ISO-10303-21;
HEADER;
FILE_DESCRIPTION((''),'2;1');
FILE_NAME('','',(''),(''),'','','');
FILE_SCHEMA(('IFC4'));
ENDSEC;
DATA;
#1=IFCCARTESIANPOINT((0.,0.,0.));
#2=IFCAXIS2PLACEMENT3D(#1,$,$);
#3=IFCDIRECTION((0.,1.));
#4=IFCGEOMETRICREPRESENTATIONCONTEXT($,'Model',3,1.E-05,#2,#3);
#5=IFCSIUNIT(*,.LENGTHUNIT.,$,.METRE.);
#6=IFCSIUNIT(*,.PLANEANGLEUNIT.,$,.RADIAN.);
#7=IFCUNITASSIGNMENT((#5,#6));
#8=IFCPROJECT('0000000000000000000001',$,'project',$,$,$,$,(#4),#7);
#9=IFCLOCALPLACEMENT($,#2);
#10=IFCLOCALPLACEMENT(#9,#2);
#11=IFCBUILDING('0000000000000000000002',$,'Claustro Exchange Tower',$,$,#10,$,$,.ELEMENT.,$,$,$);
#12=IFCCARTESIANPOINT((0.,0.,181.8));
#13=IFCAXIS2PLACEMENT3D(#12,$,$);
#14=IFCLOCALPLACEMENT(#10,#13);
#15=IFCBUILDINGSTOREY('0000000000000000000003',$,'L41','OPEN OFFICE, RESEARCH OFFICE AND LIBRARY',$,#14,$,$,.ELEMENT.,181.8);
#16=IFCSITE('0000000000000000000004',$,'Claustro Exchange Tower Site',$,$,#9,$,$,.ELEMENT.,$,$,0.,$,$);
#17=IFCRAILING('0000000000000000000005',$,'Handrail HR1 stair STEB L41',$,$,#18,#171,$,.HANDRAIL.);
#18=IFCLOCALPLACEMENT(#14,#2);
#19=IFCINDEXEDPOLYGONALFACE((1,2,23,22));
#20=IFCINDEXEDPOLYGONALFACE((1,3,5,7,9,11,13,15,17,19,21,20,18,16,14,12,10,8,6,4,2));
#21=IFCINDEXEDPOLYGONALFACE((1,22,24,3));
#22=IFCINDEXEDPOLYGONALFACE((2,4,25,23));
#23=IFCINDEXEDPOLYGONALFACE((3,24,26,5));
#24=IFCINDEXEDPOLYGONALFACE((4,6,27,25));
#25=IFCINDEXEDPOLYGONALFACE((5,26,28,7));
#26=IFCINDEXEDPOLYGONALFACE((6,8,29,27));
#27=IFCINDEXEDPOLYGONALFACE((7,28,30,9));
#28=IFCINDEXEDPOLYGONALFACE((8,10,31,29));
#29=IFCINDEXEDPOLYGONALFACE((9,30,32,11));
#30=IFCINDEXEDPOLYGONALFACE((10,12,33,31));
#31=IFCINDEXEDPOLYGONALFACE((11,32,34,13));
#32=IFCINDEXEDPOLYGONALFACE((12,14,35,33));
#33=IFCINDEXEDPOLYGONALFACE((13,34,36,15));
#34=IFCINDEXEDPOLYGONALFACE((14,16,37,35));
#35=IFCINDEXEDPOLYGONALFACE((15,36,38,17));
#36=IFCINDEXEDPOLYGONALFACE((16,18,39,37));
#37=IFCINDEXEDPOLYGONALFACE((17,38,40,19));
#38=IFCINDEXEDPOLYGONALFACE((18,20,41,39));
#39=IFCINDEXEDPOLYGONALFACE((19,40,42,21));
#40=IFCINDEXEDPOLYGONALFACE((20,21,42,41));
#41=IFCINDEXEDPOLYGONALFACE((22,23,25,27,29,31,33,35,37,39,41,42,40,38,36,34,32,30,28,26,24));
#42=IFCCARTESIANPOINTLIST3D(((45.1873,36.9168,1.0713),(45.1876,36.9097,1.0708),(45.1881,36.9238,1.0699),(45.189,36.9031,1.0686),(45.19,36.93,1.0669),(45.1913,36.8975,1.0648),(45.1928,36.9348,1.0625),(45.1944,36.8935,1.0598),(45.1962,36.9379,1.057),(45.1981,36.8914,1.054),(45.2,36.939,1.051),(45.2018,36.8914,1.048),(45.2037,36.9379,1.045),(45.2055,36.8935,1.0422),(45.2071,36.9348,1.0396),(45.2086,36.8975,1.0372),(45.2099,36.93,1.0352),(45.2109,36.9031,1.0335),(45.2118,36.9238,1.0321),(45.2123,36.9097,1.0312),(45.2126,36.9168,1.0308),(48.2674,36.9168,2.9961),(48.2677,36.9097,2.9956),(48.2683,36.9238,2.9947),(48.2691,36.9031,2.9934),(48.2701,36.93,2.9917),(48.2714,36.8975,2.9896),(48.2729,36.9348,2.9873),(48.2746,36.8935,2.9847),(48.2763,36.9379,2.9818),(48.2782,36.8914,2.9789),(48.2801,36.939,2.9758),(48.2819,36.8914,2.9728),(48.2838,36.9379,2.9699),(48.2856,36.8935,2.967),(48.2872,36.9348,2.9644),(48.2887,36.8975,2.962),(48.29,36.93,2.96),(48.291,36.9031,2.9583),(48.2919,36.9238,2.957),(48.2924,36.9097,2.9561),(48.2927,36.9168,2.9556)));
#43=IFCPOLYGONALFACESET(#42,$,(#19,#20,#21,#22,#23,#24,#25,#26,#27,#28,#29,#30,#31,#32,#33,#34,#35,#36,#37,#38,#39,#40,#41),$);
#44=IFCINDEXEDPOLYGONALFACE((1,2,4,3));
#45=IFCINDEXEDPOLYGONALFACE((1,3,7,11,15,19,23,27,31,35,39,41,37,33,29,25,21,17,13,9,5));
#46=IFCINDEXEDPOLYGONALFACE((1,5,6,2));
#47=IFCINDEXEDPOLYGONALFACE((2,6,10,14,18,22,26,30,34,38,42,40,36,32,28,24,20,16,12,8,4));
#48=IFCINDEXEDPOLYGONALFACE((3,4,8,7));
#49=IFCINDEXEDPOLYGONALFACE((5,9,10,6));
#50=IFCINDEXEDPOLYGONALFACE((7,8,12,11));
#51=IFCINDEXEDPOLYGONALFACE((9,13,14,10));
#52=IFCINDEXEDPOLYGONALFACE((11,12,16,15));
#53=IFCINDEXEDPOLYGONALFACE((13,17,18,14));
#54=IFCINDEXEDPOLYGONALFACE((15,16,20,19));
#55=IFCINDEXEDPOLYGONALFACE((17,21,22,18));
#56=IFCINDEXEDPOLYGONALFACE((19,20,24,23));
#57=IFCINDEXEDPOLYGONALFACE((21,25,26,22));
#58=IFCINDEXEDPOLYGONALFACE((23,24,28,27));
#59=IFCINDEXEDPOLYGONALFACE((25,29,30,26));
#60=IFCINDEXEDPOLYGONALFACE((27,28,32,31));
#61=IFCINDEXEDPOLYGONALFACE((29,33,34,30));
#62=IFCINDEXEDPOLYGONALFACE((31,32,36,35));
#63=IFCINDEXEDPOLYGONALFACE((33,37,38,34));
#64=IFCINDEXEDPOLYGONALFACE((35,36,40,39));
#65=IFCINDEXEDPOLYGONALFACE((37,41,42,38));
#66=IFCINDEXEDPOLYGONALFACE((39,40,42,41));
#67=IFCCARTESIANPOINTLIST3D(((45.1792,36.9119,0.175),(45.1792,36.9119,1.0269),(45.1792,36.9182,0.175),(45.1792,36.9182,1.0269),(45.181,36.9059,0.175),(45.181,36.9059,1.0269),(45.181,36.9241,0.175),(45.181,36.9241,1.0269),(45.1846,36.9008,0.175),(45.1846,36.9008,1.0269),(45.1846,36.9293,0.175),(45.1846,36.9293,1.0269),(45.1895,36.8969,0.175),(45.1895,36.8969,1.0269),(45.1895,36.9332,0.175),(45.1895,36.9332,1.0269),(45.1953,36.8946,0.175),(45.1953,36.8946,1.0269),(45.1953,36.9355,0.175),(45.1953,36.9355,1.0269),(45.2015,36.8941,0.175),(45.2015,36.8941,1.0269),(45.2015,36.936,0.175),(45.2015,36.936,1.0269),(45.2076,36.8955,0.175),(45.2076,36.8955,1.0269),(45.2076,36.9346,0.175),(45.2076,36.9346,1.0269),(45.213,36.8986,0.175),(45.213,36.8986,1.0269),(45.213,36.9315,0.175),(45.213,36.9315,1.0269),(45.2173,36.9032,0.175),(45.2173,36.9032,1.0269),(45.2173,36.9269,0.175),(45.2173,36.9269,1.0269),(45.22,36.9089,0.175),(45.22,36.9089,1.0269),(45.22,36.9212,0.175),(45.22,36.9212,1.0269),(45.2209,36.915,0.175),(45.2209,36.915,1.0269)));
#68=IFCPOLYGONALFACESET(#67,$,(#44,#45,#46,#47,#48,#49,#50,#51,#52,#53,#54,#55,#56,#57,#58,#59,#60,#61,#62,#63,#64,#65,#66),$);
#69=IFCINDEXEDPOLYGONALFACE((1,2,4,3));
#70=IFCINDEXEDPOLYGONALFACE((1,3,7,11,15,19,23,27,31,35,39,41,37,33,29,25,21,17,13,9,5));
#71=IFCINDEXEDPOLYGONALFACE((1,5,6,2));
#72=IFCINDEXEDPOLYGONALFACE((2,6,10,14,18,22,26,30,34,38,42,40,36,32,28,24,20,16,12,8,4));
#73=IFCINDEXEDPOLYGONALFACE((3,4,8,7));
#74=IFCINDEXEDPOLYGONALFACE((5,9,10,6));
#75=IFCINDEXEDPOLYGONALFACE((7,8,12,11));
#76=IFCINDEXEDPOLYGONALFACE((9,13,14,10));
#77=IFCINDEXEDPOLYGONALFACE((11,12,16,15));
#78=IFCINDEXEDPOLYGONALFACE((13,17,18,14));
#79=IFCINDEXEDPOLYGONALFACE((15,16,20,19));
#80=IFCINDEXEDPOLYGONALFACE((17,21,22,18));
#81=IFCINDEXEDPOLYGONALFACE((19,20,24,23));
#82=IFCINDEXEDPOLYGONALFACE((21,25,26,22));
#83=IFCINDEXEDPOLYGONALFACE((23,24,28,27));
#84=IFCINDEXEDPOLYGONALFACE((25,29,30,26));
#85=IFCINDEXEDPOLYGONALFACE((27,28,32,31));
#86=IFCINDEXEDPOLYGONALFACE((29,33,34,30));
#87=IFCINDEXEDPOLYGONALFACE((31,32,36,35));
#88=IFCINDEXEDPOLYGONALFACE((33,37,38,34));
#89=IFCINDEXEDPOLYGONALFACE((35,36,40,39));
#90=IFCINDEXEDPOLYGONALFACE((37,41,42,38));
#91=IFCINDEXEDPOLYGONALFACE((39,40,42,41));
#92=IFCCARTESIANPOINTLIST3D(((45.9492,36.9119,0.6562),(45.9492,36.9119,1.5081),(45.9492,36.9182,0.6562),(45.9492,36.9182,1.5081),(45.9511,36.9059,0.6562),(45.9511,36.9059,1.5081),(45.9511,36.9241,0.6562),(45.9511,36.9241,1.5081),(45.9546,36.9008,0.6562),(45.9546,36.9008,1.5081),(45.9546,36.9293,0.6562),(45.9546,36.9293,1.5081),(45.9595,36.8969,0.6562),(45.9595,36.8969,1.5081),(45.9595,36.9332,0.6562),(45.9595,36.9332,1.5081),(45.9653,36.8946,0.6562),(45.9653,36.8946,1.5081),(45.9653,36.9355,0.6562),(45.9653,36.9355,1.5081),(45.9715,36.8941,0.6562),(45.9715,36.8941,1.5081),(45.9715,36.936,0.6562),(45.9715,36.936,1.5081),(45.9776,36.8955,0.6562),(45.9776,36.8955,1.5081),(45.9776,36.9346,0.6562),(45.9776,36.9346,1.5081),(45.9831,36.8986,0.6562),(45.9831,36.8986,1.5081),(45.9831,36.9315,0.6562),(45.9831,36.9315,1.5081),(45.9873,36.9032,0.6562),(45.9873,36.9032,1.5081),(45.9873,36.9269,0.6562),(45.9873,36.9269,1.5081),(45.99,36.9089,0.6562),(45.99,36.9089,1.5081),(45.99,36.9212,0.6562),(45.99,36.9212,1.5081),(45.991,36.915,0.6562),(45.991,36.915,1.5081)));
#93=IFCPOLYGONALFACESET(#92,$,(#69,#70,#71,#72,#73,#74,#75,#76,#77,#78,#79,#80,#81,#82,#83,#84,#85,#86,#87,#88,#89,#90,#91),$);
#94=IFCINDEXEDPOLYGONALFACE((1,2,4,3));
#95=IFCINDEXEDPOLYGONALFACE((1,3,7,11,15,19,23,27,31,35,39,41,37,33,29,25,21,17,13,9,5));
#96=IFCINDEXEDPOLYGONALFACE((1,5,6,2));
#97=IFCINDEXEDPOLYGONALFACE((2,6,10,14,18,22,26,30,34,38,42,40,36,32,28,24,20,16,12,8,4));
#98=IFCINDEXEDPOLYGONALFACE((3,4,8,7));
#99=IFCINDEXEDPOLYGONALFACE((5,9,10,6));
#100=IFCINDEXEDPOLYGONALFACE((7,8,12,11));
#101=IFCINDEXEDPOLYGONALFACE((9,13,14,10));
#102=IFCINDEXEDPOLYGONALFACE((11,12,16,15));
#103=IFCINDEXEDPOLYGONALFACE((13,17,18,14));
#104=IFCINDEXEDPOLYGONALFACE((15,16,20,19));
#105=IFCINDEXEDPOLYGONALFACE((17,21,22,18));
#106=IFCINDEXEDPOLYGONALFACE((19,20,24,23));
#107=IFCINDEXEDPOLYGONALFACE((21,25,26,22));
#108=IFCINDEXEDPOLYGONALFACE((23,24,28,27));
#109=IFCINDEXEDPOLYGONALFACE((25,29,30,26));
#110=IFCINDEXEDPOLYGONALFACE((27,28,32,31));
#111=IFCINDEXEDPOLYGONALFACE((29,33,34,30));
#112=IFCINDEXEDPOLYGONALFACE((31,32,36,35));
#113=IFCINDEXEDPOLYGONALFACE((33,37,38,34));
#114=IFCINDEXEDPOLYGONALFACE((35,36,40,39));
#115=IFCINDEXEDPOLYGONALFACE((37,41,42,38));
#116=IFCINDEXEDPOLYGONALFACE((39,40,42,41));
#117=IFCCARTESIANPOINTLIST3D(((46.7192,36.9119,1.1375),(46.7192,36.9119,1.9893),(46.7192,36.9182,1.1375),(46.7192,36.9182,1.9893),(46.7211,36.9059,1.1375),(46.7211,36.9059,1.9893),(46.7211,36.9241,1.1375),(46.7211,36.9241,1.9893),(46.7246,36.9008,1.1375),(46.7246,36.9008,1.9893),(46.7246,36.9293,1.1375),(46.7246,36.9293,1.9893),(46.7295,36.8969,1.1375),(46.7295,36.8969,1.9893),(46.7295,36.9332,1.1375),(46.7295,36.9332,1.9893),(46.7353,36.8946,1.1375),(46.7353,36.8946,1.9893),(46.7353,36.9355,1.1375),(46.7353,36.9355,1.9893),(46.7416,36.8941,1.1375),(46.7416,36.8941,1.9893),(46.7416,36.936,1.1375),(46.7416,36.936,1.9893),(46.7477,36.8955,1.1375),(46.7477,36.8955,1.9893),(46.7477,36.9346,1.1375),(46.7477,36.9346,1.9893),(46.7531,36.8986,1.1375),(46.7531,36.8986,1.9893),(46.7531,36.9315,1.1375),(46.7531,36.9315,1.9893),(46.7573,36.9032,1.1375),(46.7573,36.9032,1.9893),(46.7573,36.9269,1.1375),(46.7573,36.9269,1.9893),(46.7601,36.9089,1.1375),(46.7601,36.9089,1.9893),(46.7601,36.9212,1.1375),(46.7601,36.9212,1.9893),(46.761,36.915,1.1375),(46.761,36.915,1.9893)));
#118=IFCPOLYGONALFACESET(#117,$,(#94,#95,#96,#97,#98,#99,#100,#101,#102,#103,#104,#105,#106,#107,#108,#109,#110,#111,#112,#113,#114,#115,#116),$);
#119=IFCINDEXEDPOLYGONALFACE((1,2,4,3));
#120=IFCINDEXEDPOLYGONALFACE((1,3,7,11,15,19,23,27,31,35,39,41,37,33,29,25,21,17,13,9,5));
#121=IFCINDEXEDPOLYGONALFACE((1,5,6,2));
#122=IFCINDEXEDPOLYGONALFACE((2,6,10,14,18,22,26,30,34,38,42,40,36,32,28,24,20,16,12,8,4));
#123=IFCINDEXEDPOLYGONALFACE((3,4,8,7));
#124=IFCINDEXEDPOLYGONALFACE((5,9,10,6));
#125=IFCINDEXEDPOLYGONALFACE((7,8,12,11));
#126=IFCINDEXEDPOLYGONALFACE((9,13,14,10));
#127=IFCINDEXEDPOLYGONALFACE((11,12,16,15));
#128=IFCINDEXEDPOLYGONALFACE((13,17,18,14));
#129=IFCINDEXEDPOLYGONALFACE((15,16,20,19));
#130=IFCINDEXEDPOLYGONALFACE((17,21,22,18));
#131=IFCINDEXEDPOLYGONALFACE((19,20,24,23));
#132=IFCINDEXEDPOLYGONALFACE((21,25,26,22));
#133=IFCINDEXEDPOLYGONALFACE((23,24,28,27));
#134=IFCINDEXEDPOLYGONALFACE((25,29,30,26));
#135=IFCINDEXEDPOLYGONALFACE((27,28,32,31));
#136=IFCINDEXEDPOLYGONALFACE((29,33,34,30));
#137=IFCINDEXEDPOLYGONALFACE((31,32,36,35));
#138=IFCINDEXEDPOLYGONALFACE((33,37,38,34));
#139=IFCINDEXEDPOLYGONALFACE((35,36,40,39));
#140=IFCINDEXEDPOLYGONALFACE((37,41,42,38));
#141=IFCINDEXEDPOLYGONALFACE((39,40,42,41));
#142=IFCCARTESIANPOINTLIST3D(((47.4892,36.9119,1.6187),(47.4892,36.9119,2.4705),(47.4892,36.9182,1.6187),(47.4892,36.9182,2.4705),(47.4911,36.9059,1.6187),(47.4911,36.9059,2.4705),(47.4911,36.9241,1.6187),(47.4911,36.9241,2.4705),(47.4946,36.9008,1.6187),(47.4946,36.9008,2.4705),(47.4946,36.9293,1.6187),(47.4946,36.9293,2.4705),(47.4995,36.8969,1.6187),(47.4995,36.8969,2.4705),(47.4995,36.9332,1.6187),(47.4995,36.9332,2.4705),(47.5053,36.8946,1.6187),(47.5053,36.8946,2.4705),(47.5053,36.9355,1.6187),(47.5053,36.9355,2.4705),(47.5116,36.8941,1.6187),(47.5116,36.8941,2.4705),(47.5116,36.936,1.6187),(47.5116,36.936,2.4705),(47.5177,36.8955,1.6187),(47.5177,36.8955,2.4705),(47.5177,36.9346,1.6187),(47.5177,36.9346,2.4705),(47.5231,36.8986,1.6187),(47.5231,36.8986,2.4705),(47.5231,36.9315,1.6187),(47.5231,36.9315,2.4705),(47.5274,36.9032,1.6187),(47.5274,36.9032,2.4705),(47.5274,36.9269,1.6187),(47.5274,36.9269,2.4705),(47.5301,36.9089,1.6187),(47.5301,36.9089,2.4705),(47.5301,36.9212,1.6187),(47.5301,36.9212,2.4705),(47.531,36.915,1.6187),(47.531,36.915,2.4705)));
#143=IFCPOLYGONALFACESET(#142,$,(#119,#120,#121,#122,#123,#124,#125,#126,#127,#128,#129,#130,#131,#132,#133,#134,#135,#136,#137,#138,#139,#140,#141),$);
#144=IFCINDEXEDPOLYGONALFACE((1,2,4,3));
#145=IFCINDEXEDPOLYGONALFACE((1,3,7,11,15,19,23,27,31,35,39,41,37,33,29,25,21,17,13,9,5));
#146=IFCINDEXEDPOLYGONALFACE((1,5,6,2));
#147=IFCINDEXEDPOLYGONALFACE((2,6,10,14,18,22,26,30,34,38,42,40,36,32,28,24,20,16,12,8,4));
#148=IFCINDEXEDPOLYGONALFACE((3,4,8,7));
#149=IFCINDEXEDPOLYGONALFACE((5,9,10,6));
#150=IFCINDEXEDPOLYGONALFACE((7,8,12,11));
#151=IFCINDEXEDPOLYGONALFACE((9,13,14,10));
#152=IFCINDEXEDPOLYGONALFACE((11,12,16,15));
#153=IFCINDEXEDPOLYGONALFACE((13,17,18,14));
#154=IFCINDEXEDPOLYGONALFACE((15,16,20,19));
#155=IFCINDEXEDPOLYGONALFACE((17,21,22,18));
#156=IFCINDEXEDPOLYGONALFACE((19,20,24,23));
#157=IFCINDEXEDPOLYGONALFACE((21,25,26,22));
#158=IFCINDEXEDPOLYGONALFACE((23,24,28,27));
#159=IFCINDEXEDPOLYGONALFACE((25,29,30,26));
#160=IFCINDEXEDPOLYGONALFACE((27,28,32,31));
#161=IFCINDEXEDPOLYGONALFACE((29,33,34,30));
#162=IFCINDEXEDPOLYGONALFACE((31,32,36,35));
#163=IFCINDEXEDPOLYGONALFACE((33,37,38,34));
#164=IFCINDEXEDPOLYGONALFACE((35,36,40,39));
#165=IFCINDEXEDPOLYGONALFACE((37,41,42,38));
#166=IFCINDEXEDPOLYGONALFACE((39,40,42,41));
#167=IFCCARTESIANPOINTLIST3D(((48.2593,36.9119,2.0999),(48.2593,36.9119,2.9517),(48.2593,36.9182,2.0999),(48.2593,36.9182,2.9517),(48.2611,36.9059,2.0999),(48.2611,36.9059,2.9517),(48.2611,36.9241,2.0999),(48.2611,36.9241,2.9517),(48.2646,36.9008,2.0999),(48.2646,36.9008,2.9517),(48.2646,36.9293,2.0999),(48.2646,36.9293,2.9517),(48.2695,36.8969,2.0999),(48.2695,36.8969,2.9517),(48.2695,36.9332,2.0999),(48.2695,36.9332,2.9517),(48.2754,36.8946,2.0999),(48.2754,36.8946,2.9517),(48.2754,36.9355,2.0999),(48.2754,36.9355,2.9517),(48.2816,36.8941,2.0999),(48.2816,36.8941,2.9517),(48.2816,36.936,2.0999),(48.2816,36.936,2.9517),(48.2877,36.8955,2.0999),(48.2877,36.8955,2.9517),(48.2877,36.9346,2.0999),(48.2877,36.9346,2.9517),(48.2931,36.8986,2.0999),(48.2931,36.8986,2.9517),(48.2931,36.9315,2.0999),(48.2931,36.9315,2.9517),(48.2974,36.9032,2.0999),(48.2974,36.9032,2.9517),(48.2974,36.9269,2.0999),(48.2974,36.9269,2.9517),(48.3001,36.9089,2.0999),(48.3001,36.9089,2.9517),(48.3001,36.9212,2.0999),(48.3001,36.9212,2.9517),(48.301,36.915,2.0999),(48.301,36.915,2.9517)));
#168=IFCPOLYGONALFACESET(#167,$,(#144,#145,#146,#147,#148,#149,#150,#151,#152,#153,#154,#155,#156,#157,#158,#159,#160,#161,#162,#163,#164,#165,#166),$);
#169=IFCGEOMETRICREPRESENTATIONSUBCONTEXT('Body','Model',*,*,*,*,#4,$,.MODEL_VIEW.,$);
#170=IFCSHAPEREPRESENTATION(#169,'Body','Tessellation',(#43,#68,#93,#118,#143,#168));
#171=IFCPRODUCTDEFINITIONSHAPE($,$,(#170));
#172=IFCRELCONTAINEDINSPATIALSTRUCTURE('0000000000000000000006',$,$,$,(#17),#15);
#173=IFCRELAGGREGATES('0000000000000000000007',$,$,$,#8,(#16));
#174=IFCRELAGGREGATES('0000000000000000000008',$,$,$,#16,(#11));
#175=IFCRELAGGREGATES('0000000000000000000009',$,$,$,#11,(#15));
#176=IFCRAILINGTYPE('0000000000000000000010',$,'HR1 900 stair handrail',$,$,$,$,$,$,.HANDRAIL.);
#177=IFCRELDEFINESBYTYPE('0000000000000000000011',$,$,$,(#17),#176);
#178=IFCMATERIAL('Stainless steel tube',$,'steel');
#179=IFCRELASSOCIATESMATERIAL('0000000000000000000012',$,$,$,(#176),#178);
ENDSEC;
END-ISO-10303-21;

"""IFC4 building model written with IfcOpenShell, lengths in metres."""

from ifc_helpers import new_model, si_unit, direction, frame, origin, origin_2d, place, context, subcontext, project, spatial, circle, extrude, material, type_object, element, save


model = new_model("IFC4")

# Units and contexts
model_context = context("Model", 3, precision=1e-05, world=origin(), true_north=direction((0.0, 1.0)))
body_context = subcontext(model_context, "Body", "Model", "MODEL_VIEW")
ifc_project = project(units=[si_unit("LENGTHUNIT", "METRE"), si_unit("PLANEANGLEUNIT", "RADIAN")], contexts=[model_context])

# Site, building, storey
site_placement = place(None, origin())
site = spatial("IfcSite", under=ifc_project, at=site_placement, Name="Claustro Exchange Tower Site", CompositionType="ELEMENT", RefElevation=0.0)
building_placement = place(site_placement, origin())
building = spatial("IfcBuilding", under=site, at=building_placement, Name="Claustro Exchange Tower", CompositionType="ELEMENT")
storey_placement = place(building_placement, frame((0.0, 0.0, 181.8)))
storey = spatial("IfcBuildingStorey", under=building, at=storey_placement, Name="L41", Description="OPEN OFFICE, RESEARCH OFFICE AND LIBRARY", CompositionType="ELEMENT", Elevation=181.8)

# Railing
ifc_material_1 = material(Name="Stainless steel tube", Category="steel")
railing_type_1 = type_object("IfcRailingType", Name="HR1 900 stair handrail", PredefinedType="HANDRAIL", material=ifc_material_1)
railing_1_placement = place(storey_placement, frame((45.2, 36.915, 0.175)))
element("IfcRailing", 1, at=railing_1_placement, inside=storey, type_object=railing_type_1, Name="Handrail HR1 stair STEB L41", PredefinedType="HANDRAIL", context=body_context, shape_type="SweptSolid", body=[
    extrude(circle(Radius=0.0239, at=origin_2d()), frame((0.0, 0.0, 0.876), z_axis=(0.848029, 0.0, 0.529951), x_axis=(0.0, 1.0, 0.0)), (0.0, 0.0, 1.0), 3.6321),
    extrude(circle(Radius=0.021, at=origin_2d()), origin(), (0.0, 0.0, 1.0), 0.8518),
    extrude(circle(Radius=0.021, at=origin_2d()), frame((0.77, 0.0, 0.4812)), (0.0, 0.0, 1.0), 0.8518),
    extrude(circle(Radius=0.021, at=origin_2d()), frame((1.54, 0.0, 0.9624)), (0.0, 0.0, 1.0), 0.8518),
    extrude(circle(Radius=0.021, at=origin_2d()), frame((2.3101, 0.0, 1.4436)), (0.0, 0.0, 1.0), 0.8518),
    extrude(circle(Radius=0.021, at=origin_2d()), frame((3.0801, 0.0, 1.9248)), (0.0, 0.0, 1.0), 0.8518),
])

save(model, "model.ifc")
